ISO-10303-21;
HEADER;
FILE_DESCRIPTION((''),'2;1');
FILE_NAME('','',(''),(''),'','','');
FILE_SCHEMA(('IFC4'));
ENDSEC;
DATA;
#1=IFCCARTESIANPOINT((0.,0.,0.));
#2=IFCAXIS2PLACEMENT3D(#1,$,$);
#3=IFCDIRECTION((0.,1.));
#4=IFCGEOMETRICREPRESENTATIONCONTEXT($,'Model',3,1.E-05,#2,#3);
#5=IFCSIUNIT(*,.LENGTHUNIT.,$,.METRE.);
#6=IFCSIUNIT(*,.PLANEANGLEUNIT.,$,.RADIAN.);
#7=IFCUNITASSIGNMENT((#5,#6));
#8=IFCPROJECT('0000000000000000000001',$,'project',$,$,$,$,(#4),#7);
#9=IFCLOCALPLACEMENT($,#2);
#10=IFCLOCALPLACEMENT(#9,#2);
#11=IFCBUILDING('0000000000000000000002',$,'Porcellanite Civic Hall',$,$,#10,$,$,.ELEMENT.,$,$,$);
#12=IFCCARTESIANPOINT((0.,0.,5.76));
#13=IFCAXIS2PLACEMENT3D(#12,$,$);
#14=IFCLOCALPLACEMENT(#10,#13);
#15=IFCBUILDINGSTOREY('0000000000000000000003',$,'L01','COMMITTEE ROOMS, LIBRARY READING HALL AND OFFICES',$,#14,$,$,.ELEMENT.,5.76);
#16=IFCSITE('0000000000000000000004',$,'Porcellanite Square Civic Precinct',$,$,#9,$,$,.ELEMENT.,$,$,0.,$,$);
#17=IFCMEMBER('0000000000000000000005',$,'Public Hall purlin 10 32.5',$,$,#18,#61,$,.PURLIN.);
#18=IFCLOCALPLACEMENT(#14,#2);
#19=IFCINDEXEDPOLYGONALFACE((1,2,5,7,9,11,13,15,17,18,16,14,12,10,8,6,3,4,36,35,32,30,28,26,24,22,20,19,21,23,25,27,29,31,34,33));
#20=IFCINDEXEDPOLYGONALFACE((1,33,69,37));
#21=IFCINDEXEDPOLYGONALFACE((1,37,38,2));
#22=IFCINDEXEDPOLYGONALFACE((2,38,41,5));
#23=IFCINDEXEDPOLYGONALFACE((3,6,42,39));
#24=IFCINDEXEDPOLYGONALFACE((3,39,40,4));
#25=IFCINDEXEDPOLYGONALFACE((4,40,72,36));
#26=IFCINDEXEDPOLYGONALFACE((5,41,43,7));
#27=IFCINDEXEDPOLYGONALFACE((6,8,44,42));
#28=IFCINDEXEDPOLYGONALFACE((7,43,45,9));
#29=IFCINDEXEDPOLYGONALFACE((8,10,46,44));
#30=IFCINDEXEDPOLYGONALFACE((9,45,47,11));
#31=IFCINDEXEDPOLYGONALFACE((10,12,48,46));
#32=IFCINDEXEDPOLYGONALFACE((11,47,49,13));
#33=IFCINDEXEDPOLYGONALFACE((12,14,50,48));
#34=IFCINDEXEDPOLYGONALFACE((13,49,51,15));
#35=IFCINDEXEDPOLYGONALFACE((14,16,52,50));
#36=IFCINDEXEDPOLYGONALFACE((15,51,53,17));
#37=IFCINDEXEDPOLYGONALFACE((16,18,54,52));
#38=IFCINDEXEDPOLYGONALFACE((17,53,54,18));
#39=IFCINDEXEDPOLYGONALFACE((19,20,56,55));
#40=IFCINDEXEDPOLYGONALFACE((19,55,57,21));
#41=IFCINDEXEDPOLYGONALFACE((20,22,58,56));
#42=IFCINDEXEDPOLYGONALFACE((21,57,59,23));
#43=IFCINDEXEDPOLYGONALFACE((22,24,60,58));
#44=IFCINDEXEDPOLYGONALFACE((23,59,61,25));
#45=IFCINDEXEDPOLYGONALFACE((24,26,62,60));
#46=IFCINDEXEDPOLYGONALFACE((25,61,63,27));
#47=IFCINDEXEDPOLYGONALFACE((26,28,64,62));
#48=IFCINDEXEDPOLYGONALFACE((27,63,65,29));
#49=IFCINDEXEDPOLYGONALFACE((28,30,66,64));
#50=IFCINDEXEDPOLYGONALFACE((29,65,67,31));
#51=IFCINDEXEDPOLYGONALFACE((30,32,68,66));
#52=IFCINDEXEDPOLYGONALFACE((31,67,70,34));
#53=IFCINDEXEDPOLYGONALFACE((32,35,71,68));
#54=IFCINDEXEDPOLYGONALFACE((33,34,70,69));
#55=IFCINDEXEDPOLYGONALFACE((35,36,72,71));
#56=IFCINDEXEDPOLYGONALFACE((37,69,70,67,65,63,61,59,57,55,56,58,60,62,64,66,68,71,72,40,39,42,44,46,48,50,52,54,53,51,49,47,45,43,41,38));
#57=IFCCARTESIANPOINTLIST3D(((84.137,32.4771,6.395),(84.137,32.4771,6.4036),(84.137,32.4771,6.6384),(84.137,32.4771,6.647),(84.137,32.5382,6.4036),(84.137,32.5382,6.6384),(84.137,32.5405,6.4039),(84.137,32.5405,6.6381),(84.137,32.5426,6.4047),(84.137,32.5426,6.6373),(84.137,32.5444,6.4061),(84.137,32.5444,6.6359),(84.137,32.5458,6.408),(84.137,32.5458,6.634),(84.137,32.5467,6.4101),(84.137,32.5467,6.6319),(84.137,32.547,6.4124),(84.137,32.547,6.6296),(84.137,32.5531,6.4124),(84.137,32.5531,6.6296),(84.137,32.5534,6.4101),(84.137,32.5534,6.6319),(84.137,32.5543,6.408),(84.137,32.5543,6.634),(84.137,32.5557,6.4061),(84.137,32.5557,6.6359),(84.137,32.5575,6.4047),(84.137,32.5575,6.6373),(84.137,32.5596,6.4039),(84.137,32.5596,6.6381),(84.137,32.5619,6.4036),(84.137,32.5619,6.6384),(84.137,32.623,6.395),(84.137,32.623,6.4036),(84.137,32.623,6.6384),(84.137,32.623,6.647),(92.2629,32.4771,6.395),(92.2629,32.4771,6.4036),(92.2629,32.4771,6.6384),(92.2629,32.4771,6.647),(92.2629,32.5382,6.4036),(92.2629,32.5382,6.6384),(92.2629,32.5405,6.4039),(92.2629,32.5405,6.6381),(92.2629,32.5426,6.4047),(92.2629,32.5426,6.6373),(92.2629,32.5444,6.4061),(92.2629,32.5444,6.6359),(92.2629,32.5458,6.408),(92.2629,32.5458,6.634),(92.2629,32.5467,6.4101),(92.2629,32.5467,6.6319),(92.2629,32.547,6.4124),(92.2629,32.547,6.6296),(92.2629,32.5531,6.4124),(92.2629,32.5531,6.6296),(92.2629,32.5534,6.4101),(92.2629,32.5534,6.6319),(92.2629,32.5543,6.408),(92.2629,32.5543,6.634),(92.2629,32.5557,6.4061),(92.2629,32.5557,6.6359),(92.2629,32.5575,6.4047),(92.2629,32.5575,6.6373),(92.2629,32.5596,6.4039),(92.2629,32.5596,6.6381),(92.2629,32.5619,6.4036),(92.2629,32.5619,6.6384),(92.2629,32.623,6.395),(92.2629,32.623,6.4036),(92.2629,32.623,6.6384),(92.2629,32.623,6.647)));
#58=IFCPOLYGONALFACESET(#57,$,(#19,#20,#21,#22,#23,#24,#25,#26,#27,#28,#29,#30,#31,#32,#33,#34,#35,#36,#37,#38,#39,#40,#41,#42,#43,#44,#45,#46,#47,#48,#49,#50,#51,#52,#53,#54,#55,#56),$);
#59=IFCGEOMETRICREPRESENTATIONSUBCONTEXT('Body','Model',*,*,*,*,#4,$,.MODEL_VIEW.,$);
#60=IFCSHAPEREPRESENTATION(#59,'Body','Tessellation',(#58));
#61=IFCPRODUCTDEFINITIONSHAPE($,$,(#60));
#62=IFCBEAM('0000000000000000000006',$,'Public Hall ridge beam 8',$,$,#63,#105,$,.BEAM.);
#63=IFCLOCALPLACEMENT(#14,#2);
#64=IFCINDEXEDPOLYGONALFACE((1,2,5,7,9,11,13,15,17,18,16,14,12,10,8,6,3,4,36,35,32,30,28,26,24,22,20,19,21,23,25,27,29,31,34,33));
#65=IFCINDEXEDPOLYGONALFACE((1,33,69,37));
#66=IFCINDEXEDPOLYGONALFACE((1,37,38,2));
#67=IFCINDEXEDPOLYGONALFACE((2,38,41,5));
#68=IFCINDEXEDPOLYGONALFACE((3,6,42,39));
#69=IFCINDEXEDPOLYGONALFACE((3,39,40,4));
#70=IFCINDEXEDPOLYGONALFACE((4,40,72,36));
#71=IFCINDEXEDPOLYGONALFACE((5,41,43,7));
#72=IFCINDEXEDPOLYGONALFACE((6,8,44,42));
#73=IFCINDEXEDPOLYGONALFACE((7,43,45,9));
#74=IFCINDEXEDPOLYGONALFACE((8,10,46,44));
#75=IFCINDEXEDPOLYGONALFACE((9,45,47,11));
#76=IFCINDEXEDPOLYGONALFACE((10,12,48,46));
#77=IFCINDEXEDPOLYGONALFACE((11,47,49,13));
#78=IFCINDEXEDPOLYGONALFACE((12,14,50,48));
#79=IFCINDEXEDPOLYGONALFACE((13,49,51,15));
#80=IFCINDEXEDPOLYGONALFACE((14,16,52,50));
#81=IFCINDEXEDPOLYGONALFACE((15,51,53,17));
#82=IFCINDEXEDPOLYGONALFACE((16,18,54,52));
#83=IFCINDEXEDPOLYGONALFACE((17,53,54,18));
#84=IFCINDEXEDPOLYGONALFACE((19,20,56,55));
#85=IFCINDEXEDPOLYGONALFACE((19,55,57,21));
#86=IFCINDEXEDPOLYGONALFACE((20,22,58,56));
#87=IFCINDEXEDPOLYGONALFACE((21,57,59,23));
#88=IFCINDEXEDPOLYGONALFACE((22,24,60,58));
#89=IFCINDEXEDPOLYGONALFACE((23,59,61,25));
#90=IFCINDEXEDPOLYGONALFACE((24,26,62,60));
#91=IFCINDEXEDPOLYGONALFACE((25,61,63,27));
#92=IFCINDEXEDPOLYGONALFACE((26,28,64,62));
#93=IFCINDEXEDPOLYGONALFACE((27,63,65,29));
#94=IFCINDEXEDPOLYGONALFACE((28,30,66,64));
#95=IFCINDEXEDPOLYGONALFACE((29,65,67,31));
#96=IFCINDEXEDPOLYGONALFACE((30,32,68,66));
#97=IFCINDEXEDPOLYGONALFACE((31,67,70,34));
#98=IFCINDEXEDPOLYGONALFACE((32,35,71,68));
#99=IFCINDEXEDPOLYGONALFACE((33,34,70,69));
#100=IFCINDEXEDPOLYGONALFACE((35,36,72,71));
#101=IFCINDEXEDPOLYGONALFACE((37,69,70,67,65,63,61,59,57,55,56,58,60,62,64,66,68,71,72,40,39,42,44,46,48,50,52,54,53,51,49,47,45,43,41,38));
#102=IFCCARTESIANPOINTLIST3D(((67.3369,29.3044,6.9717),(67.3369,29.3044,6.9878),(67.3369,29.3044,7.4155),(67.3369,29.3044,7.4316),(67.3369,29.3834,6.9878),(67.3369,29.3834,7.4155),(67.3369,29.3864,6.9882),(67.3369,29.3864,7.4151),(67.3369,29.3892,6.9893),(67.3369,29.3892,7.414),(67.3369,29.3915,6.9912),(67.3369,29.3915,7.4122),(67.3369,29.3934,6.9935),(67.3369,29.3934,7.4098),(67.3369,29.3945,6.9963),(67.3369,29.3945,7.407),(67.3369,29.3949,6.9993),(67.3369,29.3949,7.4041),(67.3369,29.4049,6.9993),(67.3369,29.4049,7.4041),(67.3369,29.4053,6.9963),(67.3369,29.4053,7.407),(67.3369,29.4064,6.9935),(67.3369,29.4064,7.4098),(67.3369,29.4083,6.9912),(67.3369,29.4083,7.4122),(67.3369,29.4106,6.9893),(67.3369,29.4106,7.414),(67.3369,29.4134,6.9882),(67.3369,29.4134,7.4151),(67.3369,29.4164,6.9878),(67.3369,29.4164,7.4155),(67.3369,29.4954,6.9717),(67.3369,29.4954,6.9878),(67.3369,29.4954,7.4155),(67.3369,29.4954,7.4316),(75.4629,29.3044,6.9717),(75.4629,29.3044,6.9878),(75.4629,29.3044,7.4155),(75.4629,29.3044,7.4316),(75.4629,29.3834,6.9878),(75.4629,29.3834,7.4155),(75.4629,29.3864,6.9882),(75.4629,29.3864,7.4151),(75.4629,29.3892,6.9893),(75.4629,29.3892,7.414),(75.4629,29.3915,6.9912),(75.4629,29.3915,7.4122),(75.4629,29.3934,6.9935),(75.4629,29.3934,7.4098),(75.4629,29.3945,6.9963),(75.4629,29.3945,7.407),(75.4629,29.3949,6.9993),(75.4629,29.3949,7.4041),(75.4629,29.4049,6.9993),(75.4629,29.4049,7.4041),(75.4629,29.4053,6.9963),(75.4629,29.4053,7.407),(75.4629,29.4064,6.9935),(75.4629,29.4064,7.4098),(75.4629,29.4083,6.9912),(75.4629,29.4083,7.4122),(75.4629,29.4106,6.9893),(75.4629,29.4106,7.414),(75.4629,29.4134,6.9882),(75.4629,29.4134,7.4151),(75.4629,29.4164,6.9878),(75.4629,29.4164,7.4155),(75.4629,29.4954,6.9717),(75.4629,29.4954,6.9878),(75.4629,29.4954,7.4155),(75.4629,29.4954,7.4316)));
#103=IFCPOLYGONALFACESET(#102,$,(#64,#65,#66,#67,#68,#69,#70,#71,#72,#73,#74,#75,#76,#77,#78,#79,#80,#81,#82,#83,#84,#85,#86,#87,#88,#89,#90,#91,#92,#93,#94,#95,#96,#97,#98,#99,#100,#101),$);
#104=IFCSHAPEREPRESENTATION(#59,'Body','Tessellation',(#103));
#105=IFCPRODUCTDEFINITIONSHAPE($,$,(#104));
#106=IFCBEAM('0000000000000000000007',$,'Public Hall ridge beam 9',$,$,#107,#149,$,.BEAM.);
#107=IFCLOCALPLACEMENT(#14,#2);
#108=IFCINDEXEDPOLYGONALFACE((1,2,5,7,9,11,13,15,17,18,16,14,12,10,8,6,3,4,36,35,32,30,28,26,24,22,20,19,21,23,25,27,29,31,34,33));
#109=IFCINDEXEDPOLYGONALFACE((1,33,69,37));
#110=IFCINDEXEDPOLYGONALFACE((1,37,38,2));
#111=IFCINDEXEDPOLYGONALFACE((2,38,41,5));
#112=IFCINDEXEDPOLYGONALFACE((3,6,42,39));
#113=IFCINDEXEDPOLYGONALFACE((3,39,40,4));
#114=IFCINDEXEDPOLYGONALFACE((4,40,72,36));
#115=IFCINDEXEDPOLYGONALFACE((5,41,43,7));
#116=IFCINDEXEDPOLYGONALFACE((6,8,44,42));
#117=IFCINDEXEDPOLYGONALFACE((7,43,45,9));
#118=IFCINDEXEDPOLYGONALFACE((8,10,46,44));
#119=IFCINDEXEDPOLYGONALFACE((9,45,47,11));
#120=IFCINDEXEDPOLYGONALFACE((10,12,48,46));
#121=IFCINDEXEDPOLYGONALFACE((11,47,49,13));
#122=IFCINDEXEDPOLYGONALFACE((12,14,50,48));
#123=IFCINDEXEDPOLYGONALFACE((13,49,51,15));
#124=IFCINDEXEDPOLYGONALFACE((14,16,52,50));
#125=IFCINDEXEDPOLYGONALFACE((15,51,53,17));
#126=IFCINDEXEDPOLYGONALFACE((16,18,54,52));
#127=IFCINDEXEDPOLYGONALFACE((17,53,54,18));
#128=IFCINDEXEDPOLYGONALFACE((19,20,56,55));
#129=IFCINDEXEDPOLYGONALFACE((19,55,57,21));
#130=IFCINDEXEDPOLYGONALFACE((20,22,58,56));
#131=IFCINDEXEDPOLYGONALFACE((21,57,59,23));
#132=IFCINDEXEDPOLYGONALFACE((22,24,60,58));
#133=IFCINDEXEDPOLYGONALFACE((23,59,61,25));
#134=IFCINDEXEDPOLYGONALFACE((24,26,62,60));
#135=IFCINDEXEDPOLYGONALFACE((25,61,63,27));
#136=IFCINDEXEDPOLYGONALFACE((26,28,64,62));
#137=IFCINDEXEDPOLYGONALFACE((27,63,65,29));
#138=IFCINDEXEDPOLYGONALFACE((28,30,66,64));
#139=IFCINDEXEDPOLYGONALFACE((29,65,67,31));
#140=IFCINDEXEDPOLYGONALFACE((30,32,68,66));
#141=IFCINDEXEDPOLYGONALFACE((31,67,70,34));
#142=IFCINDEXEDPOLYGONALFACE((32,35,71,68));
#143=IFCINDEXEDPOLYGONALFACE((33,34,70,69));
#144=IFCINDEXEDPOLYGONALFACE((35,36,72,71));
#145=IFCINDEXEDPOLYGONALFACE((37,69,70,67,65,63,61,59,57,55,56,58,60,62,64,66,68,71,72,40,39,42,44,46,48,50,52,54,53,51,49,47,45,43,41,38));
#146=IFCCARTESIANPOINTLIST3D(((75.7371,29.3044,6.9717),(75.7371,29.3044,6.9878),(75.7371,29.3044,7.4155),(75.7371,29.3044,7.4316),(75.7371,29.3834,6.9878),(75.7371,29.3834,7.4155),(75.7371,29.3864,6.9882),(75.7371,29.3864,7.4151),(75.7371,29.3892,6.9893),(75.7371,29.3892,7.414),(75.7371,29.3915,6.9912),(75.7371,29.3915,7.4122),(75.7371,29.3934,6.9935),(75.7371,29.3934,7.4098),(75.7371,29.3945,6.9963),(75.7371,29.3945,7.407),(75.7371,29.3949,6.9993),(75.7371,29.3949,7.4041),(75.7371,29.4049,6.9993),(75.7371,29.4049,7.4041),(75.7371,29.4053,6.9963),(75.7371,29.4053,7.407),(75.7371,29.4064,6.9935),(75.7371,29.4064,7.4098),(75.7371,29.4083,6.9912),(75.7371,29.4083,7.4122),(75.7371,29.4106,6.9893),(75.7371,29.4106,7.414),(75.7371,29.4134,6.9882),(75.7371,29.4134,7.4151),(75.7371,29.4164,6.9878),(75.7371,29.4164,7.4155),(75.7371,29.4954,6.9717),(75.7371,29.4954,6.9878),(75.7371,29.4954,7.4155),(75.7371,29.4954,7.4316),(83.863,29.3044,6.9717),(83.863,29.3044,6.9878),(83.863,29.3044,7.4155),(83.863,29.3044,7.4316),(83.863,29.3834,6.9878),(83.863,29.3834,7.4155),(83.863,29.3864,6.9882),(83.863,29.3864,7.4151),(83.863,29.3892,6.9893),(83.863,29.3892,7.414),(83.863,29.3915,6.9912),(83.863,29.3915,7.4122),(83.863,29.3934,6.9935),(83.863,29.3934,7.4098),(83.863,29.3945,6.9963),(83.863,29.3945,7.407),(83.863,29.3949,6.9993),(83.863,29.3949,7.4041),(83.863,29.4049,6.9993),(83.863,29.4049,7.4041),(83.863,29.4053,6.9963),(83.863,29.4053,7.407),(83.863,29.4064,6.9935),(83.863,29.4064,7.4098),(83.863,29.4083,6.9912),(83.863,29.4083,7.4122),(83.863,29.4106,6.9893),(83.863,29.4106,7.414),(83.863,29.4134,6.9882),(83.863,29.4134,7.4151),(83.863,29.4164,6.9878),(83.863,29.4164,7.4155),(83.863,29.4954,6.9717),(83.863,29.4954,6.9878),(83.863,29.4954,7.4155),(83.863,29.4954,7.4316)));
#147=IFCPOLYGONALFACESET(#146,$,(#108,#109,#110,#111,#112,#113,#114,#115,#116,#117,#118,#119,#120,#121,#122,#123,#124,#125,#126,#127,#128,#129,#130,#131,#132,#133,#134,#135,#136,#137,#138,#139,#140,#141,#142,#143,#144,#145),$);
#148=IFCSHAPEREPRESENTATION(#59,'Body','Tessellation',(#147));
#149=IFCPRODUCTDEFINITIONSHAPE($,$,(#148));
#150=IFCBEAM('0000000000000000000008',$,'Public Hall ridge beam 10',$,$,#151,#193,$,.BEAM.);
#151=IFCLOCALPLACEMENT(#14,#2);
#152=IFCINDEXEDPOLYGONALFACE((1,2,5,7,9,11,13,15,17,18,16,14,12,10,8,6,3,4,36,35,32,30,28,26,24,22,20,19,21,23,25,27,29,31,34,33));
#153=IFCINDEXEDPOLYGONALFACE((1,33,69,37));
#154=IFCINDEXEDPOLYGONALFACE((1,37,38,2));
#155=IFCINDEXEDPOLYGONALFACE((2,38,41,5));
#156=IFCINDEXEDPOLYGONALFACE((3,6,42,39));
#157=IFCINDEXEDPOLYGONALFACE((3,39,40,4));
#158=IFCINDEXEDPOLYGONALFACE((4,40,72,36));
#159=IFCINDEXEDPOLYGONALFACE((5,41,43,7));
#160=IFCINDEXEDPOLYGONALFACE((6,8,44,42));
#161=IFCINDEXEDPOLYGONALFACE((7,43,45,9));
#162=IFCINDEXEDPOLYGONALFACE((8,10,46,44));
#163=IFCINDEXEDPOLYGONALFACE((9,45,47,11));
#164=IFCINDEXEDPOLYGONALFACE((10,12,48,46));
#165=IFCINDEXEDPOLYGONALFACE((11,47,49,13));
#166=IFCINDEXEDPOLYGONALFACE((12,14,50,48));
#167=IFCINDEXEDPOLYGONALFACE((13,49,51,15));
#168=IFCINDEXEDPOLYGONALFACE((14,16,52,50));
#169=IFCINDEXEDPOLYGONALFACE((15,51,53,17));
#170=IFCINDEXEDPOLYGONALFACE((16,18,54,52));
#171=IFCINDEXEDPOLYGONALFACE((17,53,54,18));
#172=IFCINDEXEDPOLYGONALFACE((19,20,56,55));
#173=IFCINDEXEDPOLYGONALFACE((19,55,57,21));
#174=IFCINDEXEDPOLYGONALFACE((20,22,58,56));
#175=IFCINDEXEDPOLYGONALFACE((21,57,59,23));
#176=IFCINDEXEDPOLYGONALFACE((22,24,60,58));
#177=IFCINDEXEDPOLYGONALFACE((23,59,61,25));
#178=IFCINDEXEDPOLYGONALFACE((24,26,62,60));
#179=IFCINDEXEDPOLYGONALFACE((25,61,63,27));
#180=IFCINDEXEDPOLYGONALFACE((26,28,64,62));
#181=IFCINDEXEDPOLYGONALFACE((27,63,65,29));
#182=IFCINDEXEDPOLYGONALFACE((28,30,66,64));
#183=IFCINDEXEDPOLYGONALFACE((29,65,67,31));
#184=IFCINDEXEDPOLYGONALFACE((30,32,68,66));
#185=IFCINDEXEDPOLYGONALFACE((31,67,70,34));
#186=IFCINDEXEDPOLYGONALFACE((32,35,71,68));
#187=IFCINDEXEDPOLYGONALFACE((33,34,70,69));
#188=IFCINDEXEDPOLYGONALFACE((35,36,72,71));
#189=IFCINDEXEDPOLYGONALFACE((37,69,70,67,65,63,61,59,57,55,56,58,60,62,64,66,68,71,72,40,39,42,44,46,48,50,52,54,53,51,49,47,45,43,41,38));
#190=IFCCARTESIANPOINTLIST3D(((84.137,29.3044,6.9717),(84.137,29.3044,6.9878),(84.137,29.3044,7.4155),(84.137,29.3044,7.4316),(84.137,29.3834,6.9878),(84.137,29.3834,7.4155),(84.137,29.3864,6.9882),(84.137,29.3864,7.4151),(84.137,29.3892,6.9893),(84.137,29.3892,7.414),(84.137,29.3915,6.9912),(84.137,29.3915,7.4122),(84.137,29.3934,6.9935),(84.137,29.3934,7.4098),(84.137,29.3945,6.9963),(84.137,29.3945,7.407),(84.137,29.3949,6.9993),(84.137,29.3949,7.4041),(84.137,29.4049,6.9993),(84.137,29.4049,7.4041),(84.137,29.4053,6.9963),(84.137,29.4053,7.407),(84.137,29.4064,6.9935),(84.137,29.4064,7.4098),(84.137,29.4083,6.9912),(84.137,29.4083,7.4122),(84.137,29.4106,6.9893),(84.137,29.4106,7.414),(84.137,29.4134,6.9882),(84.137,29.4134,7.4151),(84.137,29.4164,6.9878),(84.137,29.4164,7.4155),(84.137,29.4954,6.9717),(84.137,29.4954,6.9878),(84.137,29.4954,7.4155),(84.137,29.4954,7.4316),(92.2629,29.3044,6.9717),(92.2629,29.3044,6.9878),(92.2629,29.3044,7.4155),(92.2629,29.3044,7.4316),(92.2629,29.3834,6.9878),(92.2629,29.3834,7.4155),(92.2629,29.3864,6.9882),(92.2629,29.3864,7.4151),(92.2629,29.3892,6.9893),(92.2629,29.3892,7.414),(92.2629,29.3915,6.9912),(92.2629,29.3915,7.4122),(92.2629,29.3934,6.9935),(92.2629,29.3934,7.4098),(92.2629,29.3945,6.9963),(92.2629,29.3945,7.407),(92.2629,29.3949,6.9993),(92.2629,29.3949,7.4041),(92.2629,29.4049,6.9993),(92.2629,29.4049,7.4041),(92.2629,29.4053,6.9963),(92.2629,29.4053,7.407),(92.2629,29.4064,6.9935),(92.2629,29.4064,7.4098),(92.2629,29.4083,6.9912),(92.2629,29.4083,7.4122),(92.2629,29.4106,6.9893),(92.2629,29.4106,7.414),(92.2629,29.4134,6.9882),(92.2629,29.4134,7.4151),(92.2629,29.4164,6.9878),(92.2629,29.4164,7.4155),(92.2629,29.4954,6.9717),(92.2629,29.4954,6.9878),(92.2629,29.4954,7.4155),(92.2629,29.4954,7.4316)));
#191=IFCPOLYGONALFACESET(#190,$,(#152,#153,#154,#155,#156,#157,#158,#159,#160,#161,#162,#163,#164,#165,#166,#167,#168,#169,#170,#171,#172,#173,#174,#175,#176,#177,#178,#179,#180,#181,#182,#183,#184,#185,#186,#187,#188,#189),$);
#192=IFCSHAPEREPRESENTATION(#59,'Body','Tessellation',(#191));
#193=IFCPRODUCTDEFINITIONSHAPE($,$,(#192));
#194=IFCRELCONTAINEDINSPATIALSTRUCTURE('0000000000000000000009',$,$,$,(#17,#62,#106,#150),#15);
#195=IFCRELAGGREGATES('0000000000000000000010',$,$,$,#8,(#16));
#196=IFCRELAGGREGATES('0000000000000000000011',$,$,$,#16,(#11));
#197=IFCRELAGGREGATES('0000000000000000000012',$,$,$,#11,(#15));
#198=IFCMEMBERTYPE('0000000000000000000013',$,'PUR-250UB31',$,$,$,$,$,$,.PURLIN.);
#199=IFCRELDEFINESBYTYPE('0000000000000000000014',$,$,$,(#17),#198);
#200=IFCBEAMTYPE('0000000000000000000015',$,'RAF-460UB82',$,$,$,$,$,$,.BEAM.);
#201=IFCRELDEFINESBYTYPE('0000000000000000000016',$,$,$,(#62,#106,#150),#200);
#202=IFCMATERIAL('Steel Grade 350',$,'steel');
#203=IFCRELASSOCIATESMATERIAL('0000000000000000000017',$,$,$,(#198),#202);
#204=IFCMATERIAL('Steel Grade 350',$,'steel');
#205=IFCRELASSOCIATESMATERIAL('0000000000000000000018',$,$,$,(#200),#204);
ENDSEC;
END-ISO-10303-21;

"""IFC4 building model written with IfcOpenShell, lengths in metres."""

from ifc_helpers import new_model, si_unit, direction, frame, origin, origin_2d, place, context, subcontext, project, spatial, i_section, extrude, material, material_profile, profile_set, type_object, element, save


model = new_model("IFC4")

# Units and contexts
model_context = context("Model", 3, precision=1e-05, world=origin(), true_north=direction((0.0, 1.0)))
body_context = subcontext(model_context, "Body", "Model", "MODEL_VIEW")
ifc_project = project(units=[si_unit("LENGTHUNIT", "METRE"), si_unit("PLANEANGLEUNIT", "RADIAN")], contexts=[model_context])

# Site, building, storey
site_placement = place(None, origin())
site = spatial("IfcSite", under=ifc_project, at=site_placement, Name="Porcellanite Square Civic Precinct", CompositionType="ELEMENT", RefElevation=0.0)
building_placement = place(site_placement, origin())
building = spatial("IfcBuilding", under=site, at=building_placement, Name="Porcellanite Civic Hall", CompositionType="ELEMENT")
storey_placement = place(building_placement, frame((0.0, 0.0, 5.76)))
storey = spatial("IfcBuildingStorey", under=building, at=storey_placement, Name="L01", Description="COMMITTEE ROOMS, LIBRARY READING HALL AND OFFICES", CompositionType="ELEMENT", Elevation=5.76)

# Member
ifc_material_1 = material(Name="Steel Grade 350", Category="steel")
ifc_material_profile_1 = material_profile(ifc_material_1, i_section(OverallWidth=0.146, OverallDepth=0.252, WebThickness=0.0061, FlangeThickness=0.0085, FilletRadius=0.0088, at=origin_2d()), Name="250UB31.4")
ifc_profile_set_1 = profile_set([ifc_material_profile_1], Name="Steel Grade 350")
member_type_1 = type_object("IfcMemberType", Name="PUR-250UB31", PredefinedType="PURLIN", material=ifc_profile_set_1)
for number, where, z_axis, x_axis, name in (
    (1, (84.137, 32.55, 6.521), (1.0, 0.0, 0.0), (0.0, 1.0, 0.0), "Public Hall purlin 10 32.5"),
):
    element("IfcMember", number, at=place(storey_placement, frame(where, z_axis=z_axis, x_axis=x_axis)), inside=storey, type_object=member_type_1, Name=name, PredefinedType="PURLIN", context=body_context, shape_type="SweptSolid", body=[
        extrude(i_section(OverallWidth=0.146, OverallDepth=0.252, WebThickness=0.0061, FlangeThickness=0.0085, FilletRadius=0.0088, at=origin_2d()), origin(), (0.0, 0.0, 1.0), 8.126),
    ])

# Beams
ifc_material_2 = material(Name="Steel Grade 350", Category="steel")
ifc_material_profile_2 = material_profile(ifc_material_2, i_section(OverallWidth=0.1909, OverallDepth=0.46, WebThickness=0.01, FlangeThickness=0.0161, FilletRadius=0.0115, at=origin_2d()), Name="460UB82.1")
ifc_profile_set_2 = profile_set([ifc_material_profile_2], Name="Steel Grade 350")
beam_type_1 = type_object("IfcBeamType", Name="RAF-460UB82", PredefinedType="BEAM", material=ifc_profile_set_2)
for number, where, z_axis, x_axis, name in (
    (2, (67.3369, 29.3999, 7.2017), (1.0, 0.0, 0.0), (0.0, 1.0, 0.0), "Public Hall ridge beam 8"),
    (3, (75.7371, 29.3999, 7.2017), (1.0, 0.0, 0.0), (0.0, 1.0, 0.0), "Public Hall ridge beam 9"),
    (4, (84.137, 29.3999, 7.2017), (1.0, 0.0, 0.0), (0.0, 1.0, 0.0), "Public Hall ridge beam 10"),
):
    element("IfcBeam", number, at=place(storey_placement, frame(where, z_axis=z_axis, x_axis=x_axis)), inside=storey, type_object=beam_type_1, Name=name, PredefinedType="BEAM", context=body_context, shape_type="SweptSolid", body=[
        extrude(i_section(OverallWidth=0.1909, OverallDepth=0.46, WebThickness=0.01, FlangeThickness=0.0161, FilletRadius=0.0115, at=origin_2d()), origin(), (0.0, 0.0, 1.0), 8.126),
    ])

save(model, "model.ifc")
